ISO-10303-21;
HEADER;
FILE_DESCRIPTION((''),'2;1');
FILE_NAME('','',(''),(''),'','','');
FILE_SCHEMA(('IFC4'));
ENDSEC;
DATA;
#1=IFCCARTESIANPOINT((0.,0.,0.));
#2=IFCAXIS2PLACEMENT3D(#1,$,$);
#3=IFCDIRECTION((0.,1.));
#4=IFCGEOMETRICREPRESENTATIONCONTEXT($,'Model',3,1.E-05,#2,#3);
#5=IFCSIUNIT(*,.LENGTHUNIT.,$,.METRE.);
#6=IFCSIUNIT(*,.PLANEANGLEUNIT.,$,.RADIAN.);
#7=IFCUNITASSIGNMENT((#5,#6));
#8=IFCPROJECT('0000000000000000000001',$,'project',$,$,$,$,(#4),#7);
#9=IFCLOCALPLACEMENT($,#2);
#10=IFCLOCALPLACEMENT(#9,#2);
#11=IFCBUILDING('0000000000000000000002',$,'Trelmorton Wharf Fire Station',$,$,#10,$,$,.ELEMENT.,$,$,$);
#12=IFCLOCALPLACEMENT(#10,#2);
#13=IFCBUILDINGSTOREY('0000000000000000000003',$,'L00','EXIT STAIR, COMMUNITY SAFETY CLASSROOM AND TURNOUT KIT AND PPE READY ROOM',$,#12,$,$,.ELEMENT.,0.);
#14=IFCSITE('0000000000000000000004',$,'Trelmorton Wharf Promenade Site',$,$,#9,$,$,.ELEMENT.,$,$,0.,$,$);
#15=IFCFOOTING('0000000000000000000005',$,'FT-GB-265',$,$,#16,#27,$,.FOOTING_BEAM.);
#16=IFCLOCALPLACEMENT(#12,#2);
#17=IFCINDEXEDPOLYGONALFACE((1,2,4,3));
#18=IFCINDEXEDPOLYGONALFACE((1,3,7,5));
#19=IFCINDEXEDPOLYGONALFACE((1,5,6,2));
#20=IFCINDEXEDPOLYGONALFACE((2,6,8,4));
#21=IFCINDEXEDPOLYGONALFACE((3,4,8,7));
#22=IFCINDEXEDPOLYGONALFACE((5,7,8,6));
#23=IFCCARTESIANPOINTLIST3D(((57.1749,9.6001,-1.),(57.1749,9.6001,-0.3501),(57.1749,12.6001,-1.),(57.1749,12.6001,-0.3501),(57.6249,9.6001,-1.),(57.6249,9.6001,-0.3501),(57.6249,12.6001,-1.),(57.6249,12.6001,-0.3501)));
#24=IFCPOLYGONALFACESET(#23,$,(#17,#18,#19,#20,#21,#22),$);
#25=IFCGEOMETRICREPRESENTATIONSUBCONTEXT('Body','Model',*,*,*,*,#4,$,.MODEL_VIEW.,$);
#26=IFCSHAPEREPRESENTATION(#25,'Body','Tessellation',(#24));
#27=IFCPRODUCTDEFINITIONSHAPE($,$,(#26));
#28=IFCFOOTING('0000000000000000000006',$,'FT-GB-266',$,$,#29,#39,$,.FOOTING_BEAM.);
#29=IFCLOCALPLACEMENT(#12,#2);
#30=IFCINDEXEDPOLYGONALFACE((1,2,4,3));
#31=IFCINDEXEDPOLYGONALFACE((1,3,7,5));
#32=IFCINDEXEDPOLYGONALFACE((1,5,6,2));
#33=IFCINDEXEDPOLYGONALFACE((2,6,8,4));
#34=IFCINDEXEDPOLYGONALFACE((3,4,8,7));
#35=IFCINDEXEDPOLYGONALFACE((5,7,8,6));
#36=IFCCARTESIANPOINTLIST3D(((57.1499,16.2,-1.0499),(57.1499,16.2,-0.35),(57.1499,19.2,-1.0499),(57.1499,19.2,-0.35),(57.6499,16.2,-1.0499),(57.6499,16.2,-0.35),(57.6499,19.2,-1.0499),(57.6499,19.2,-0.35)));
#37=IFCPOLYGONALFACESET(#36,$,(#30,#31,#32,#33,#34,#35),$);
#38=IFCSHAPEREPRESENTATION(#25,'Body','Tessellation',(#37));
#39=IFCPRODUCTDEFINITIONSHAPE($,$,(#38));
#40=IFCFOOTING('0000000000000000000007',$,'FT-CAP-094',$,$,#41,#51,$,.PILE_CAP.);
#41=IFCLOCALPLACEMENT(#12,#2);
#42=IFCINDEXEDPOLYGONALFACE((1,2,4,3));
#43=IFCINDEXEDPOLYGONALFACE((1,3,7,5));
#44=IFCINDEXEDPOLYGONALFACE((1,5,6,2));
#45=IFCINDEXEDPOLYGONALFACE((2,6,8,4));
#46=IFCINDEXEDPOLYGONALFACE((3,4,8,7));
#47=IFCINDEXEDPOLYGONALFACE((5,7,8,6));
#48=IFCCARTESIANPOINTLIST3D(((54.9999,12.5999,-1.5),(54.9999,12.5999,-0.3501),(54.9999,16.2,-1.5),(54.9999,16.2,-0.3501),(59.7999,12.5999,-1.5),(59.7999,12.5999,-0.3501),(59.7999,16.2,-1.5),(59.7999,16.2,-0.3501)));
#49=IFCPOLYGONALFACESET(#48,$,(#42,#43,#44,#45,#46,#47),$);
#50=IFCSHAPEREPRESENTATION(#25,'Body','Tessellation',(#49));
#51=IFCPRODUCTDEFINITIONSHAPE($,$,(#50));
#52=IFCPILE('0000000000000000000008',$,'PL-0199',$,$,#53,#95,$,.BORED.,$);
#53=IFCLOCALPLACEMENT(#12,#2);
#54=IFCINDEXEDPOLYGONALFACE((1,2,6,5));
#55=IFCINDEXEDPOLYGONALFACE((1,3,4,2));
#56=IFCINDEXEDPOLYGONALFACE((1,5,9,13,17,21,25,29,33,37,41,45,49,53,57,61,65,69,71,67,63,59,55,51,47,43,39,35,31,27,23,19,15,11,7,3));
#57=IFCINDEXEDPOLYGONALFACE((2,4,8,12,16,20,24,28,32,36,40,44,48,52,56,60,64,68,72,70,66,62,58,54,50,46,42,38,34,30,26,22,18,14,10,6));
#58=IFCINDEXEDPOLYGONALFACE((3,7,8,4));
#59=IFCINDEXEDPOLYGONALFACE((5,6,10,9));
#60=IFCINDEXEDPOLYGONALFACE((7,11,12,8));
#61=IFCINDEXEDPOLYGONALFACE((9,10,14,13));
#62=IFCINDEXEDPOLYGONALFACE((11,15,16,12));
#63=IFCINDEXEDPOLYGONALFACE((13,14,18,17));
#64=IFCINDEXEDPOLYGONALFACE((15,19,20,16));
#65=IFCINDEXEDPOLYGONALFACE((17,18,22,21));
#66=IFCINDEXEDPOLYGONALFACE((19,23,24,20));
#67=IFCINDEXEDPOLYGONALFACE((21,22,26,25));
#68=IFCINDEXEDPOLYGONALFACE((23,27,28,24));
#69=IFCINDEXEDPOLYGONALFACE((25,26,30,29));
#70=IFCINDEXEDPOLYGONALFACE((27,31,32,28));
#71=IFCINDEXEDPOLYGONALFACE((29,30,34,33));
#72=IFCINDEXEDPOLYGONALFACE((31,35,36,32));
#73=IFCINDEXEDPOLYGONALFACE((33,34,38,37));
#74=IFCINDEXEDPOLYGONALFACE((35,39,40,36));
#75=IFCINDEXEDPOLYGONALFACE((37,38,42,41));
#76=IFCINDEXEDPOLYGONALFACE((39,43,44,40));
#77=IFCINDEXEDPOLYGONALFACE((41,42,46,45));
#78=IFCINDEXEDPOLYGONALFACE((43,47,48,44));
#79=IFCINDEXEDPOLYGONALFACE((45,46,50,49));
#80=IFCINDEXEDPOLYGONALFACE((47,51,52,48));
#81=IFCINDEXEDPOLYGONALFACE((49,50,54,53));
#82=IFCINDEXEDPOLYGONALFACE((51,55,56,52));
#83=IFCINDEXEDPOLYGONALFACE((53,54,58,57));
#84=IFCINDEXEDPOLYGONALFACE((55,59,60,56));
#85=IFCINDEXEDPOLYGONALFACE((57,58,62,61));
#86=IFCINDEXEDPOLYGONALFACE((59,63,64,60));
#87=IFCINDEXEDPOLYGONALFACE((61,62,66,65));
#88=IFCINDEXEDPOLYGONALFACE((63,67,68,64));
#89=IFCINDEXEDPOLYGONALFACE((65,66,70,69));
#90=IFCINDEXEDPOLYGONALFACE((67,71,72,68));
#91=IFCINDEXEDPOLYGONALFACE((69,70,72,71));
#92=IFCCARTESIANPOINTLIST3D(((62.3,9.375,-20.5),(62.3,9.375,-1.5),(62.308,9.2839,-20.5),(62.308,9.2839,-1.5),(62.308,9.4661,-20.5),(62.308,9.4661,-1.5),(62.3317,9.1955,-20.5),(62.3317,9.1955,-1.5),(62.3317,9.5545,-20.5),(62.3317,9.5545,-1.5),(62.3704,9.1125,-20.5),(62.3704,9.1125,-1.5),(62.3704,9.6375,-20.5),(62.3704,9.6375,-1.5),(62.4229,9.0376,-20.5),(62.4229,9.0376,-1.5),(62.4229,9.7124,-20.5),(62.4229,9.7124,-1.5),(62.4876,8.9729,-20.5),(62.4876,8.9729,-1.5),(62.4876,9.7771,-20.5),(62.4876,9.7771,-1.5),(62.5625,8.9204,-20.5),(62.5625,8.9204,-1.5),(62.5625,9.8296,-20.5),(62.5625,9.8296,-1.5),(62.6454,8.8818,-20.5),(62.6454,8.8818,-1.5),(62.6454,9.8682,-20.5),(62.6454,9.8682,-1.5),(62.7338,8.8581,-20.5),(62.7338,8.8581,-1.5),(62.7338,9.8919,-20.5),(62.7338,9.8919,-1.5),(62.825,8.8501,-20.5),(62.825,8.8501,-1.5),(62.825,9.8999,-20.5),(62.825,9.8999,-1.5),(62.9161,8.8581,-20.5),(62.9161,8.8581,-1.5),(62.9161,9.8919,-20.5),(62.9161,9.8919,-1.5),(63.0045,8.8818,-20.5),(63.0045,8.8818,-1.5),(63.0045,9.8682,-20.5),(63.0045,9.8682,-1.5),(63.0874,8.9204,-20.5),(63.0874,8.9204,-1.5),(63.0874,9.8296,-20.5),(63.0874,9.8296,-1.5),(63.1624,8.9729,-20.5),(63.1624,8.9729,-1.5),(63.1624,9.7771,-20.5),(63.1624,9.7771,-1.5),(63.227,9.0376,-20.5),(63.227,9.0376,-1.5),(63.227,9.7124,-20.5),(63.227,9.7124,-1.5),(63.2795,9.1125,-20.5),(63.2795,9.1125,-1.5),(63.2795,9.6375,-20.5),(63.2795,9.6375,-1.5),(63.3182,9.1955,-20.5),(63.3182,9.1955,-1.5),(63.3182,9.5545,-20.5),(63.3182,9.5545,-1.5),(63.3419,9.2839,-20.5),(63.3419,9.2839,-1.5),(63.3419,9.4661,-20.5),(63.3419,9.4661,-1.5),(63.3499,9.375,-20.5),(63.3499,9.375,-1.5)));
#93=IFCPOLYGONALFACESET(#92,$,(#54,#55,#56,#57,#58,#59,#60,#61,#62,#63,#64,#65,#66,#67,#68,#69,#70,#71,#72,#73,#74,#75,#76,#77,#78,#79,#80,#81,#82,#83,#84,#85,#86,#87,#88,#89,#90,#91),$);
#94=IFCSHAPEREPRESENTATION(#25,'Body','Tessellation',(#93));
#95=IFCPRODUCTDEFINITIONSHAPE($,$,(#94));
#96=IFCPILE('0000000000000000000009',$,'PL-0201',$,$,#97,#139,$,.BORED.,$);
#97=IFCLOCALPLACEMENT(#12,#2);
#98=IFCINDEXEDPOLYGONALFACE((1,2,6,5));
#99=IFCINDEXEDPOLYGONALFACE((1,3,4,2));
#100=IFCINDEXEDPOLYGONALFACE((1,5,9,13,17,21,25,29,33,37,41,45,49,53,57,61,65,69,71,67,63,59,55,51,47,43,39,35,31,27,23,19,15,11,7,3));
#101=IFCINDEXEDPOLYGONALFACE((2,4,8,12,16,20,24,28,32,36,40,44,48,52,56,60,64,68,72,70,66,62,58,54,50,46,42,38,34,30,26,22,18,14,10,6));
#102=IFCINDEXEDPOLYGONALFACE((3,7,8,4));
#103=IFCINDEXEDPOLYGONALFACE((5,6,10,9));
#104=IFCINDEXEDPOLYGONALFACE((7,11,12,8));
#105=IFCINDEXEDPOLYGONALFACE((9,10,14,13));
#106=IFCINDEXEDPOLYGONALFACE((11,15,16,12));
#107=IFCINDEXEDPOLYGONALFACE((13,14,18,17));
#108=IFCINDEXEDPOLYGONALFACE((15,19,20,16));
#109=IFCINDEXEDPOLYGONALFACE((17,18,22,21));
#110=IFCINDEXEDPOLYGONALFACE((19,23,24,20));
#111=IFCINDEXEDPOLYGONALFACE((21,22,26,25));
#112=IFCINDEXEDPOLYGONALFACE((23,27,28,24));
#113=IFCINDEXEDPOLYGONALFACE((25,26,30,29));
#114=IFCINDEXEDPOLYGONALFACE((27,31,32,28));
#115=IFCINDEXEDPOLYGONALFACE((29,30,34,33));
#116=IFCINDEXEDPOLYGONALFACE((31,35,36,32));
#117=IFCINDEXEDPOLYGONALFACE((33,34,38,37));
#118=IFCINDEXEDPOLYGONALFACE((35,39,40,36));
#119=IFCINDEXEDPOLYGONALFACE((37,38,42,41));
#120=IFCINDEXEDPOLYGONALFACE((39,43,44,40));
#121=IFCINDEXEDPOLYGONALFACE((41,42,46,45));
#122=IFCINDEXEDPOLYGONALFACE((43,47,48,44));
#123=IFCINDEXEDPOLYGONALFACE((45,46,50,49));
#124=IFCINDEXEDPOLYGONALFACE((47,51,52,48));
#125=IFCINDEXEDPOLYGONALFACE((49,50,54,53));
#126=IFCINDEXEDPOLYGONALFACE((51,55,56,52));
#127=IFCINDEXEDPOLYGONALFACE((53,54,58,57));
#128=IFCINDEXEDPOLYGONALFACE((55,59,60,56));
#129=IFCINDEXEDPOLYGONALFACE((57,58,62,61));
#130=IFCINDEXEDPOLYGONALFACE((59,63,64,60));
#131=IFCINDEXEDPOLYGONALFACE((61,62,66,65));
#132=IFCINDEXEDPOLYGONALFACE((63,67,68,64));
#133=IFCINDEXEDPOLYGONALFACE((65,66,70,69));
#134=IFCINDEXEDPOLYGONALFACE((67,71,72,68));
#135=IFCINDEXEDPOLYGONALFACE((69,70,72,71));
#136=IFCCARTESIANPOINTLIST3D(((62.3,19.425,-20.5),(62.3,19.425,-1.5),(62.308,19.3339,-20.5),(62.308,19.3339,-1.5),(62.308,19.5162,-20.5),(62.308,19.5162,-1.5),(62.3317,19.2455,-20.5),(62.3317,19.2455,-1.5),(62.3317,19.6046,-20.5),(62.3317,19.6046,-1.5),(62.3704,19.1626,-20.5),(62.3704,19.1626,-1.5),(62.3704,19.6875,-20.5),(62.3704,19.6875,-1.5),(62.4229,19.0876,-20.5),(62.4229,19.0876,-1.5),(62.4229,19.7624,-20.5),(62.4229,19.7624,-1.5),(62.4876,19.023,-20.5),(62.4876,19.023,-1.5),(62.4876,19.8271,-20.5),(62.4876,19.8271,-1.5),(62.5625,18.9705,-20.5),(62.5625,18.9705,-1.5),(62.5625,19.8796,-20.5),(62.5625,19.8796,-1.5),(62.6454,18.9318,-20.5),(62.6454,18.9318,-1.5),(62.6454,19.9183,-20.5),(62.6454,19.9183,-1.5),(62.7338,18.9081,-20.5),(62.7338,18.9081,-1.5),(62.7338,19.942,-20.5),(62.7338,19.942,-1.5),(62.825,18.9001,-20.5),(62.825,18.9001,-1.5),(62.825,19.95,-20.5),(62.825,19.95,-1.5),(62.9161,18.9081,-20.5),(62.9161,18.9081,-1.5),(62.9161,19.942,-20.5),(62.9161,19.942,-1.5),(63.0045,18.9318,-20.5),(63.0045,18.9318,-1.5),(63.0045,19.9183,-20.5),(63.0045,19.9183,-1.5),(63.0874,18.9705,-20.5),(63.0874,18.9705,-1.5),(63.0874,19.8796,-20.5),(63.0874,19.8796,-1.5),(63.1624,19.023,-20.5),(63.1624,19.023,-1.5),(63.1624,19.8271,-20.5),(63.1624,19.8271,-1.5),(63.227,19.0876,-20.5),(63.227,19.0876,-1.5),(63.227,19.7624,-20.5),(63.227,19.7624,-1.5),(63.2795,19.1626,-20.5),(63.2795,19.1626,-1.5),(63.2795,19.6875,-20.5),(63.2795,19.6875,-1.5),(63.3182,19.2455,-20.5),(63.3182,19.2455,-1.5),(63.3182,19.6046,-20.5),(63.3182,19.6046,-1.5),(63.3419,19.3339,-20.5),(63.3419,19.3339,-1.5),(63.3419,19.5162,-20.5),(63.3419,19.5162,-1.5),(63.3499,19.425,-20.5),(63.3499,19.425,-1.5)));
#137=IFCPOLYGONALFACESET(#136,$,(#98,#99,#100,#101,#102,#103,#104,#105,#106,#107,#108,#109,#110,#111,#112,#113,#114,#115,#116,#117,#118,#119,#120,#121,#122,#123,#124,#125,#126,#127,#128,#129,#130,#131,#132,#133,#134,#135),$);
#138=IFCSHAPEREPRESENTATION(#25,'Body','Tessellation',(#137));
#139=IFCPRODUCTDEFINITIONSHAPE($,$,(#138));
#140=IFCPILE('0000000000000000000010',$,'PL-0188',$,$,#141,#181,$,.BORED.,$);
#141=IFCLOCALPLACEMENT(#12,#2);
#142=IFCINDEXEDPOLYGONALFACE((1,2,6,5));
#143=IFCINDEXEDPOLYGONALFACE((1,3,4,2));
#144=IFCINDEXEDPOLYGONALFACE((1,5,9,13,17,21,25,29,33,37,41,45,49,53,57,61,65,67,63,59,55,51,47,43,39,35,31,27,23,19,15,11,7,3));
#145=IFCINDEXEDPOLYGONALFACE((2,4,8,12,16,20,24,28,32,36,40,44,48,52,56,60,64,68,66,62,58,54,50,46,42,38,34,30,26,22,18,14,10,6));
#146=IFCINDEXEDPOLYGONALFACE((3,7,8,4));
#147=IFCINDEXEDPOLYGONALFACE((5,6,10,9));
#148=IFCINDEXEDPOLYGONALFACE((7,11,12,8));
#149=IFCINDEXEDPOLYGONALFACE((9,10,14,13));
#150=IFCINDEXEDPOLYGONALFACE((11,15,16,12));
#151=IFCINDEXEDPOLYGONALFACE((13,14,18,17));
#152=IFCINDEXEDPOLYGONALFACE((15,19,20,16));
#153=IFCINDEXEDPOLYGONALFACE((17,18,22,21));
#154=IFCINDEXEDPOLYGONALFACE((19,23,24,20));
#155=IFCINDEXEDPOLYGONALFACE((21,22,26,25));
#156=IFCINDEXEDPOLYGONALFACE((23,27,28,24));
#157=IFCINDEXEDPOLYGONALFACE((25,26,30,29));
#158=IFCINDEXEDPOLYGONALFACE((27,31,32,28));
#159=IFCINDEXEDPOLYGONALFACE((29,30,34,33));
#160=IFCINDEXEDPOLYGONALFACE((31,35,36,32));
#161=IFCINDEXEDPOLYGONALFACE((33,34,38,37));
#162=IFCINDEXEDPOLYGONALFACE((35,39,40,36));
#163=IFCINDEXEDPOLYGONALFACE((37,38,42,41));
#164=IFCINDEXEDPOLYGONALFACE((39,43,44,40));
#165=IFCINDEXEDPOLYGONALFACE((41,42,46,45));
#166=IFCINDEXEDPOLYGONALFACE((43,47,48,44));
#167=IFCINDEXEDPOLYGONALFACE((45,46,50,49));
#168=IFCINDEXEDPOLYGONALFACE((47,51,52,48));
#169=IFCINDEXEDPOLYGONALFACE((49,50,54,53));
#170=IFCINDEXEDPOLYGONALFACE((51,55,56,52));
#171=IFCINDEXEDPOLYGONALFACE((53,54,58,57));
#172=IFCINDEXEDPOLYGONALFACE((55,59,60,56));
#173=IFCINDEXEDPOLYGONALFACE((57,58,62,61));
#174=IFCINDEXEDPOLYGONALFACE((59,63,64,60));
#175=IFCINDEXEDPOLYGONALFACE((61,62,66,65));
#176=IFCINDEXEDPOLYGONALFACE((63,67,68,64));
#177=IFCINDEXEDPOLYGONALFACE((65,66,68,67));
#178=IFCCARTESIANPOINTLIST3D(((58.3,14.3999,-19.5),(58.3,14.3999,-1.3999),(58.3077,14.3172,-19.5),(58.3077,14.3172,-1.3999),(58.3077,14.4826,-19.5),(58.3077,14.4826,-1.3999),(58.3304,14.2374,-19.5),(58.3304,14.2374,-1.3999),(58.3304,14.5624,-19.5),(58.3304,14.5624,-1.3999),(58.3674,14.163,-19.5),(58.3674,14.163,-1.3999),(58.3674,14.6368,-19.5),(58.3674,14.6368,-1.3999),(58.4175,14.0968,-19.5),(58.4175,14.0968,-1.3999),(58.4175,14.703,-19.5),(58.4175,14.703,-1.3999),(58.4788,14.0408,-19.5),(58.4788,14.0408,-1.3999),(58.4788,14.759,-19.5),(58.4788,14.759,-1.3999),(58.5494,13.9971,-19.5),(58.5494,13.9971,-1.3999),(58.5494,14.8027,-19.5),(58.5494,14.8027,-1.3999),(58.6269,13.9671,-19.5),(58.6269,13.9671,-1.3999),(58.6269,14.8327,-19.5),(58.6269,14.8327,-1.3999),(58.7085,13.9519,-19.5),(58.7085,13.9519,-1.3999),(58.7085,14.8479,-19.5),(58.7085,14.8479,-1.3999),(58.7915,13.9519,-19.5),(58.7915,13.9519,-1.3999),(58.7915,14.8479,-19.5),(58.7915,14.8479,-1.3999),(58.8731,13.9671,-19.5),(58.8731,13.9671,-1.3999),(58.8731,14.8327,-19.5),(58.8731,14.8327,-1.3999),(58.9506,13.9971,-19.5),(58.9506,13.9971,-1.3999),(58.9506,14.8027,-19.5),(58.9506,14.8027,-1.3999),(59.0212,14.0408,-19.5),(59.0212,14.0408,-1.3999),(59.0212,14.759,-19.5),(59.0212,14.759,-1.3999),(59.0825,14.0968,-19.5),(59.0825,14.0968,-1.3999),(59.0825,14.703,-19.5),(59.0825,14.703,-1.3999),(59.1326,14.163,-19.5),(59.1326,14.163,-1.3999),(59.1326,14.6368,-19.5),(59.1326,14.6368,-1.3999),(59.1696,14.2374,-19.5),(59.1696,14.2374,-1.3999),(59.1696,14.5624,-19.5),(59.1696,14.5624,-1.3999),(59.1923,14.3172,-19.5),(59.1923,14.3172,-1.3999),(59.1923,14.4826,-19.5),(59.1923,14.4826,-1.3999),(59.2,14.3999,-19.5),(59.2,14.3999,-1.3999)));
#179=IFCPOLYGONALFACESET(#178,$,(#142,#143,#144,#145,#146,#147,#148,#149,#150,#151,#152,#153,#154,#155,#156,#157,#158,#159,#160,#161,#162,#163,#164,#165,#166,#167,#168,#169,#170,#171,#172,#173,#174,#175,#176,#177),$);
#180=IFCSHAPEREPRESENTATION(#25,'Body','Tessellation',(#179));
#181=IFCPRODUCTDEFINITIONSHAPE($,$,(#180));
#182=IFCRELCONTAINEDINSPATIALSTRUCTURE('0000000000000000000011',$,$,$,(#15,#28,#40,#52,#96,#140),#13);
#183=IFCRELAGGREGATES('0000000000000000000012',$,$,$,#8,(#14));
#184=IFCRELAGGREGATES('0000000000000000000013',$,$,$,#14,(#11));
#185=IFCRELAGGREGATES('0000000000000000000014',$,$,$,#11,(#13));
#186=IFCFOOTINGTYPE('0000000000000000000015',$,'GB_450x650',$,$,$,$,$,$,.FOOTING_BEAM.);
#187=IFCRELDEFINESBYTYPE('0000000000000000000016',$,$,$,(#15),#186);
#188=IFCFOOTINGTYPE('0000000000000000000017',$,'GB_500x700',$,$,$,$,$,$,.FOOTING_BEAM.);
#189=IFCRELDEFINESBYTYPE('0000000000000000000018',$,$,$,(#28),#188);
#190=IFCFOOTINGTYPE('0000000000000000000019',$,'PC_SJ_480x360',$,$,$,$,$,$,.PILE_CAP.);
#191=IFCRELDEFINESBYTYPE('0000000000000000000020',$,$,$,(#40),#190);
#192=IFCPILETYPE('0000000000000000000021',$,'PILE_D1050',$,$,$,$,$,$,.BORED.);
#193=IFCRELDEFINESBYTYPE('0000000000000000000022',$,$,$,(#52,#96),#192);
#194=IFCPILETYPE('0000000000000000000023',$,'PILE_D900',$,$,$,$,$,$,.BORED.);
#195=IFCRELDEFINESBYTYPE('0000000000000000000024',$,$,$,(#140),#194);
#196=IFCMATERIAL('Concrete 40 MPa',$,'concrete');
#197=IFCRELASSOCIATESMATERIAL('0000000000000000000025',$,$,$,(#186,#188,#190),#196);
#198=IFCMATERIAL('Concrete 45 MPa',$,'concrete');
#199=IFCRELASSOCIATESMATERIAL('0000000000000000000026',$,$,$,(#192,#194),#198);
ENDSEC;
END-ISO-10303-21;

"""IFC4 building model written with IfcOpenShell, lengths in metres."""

from ifc_helpers import new_model, si_unit, direction, frame, origin, origin_2d, place, context, subcontext, project, spatial, rectangle, circle, extrude, material, material_profile, profile_set, type_object, element, save


model = new_model("IFC4")

# Units and contexts
model_context = context("Model", 3, precision=1e-05, world=origin(), true_north=direction((0.0, 1.0)))
body_context = subcontext(model_context, "Body", "Model", "MODEL_VIEW")
ifc_project = project(units=[si_unit("LENGTHUNIT", "METRE"), si_unit("PLANEANGLEUNIT", "RADIAN")], contexts=[model_context])

# Site, building, storey
site_placement = place(None, origin())
site = spatial("IfcSite", under=ifc_project, at=site_placement, Name="Trelmorton Wharf Promenade Site", CompositionType="ELEMENT", RefElevation=0.0)
building_placement = place(site_placement, origin())
building = spatial("IfcBuilding", under=site, at=building_placement, Name="Trelmorton Wharf Fire Station", CompositionType="ELEMENT")
storey_placement = place(building_placement, origin())
storey = spatial("IfcBuildingStorey", under=building, at=storey_placement, Name="L00", Description="EXIT STAIR, COMMUNITY SAFETY CLASSROOM AND TURNOUT KIT AND PPE READY ROOM", CompositionType="ELEMENT", Elevation=0.0)

# Footings
ifc_material_1 = material(Name="Concrete 40 MPa", Category="concrete")
ifc_material_profile_1 = material_profile(ifc_material_1, rectangle(XDim=0.45, YDim=0.6499, at=origin_2d()), Name="RC450x650")
ifc_profile_set_1 = profile_set([ifc_material_profile_1], Name="Concrete 40 MPa")
footing_type_1 = type_object("IfcFootingType", Name="GB_450x650", PredefinedType="FOOTING_BEAM", material=ifc_profile_set_1)
footing_1_placement = place(storey_placement, frame((57.3999, 9.6001, -0.675), z_axis=(0.0, 1.0, 0.0), x_axis=(-1.0, 0.0, 0.0)))
element("IfcFooting", 1, at=footing_1_placement, inside=storey, type_object=footing_type_1, Name="FT-GB-265", PredefinedType="FOOTING_BEAM", context=body_context, shape_type="SweptSolid", body=[
    extrude(rectangle(XDim=0.45, YDim=0.6499, at=origin_2d()), origin(), (0.0, 0.0, 1.0), 3.0),
])
ifc_material_profile_2 = material_profile(ifc_material_1, rectangle(XDim=0.5, YDim=0.7, at=origin_2d()), Name="RC500x700")
ifc_profile_set_2 = profile_set([ifc_material_profile_2], Name="Concrete 40 MPa")
footing_type_2 = type_object("IfcFootingType", Name="GB_500x700", PredefinedType="FOOTING_BEAM", material=ifc_profile_set_2)
footing_2_placement = place(storey_placement, frame((57.3999, 16.2, -0.7), z_axis=(0.0, 1.0, 0.0), x_axis=(-1.0, 0.0, 0.0)))
element("IfcFooting", 2, at=footing_2_placement, inside=storey, type_object=footing_type_2, Name="FT-GB-266", PredefinedType="FOOTING_BEAM", context=body_context, shape_type="SweptSolid", body=[
    extrude(rectangle(XDim=0.5, YDim=0.7, at=origin_2d()), origin(), (0.0, 0.0, 1.0), 3.0),
])
footing_type_3 = type_object("IfcFootingType", Name="PC_SJ_480x360", PredefinedType="PILE_CAP", material=ifc_material_1)
footing_3_placement = place(storey_placement, frame((57.3999, 14.3999, -1.5), z_axis=(0.0, 0.0, 1.0), x_axis=(1.0, 0.0, 0.0)))
element("IfcFooting", 3, at=footing_3_placement, inside=storey, type_object=footing_type_3, Name="FT-CAP-094", PredefinedType="PILE_CAP", context=body_context, shape_type="SweptSolid", body=[
    extrude(rectangle(XDim=4.8, YDim=3.6001, at=origin_2d()), origin(), (0.0, 0.0, 1.0), 1.1499),
])

# Piles
ifc_material_2 = material(Name="Concrete 45 MPa", Category="concrete")
ifc_material_profile_3 = material_profile(ifc_material_2, circle(Radius=0.5249, at=origin_2d()), Name="PILE-D1050")
ifc_profile_set_3 = profile_set([ifc_material_profile_3], Name="Concrete 45 MPa")
pile_type_1 = type_object("IfcPileType", Name="PILE_D1050", PredefinedType="BORED", material=ifc_profile_set_3)
for number, where, z_axis, x_axis, name in (
    (4, (62.825, 9.375, -1.5), (0.0, 0.0, -1.0), (1.0, 0.0, 0.0), "PL-0199"),
    (5, (62.825, 19.425, -1.5), (0.0, 0.0, -1.0), (1.0, 0.0, 0.0), "PL-0201"),
):
    element("IfcPile", number, at=place(storey_placement, frame(where, z_axis=z_axis, x_axis=x_axis)), inside=storey, type_object=pile_type_1, Name=name, PredefinedType="BORED", context=body_context, shape_type="SweptSolid", body=[
        extrude(circle(Radius=0.5249, at=origin_2d()), origin(), (0.0, 0.0, 1.0), 19.0),
    ])
ifc_material_profile_4 = material_profile(ifc_material_2, circle(Radius=0.45, at=origin_2d()), Name="PILE-D900")
ifc_profile_set_4 = profile_set([ifc_material_profile_4], Name="Concrete 45 MPa")
pile_type_2 = type_object("IfcPileType", Name="PILE_D900", PredefinedType="BORED", material=ifc_profile_set_4)
for number, where, z_axis, x_axis, name in (
    (6, (58.75, 14.3999, -1.3999), (0.0, 0.0, -1.0), (1.0, 0.0, 0.0), "PL-0188"),
):
    element("IfcPile", number, at=place(storey_placement, frame(where, z_axis=z_axis, x_axis=x_axis)), inside=storey, type_object=pile_type_2, Name=name, PredefinedType="BORED", context=body_context, shape_type="SweptSolid", body=[
        extrude(circle(Radius=0.45, at=origin_2d()), origin(), (0.0, 0.0, 1.0), 18.1001),
    ])

save(model, "model.ifc")
